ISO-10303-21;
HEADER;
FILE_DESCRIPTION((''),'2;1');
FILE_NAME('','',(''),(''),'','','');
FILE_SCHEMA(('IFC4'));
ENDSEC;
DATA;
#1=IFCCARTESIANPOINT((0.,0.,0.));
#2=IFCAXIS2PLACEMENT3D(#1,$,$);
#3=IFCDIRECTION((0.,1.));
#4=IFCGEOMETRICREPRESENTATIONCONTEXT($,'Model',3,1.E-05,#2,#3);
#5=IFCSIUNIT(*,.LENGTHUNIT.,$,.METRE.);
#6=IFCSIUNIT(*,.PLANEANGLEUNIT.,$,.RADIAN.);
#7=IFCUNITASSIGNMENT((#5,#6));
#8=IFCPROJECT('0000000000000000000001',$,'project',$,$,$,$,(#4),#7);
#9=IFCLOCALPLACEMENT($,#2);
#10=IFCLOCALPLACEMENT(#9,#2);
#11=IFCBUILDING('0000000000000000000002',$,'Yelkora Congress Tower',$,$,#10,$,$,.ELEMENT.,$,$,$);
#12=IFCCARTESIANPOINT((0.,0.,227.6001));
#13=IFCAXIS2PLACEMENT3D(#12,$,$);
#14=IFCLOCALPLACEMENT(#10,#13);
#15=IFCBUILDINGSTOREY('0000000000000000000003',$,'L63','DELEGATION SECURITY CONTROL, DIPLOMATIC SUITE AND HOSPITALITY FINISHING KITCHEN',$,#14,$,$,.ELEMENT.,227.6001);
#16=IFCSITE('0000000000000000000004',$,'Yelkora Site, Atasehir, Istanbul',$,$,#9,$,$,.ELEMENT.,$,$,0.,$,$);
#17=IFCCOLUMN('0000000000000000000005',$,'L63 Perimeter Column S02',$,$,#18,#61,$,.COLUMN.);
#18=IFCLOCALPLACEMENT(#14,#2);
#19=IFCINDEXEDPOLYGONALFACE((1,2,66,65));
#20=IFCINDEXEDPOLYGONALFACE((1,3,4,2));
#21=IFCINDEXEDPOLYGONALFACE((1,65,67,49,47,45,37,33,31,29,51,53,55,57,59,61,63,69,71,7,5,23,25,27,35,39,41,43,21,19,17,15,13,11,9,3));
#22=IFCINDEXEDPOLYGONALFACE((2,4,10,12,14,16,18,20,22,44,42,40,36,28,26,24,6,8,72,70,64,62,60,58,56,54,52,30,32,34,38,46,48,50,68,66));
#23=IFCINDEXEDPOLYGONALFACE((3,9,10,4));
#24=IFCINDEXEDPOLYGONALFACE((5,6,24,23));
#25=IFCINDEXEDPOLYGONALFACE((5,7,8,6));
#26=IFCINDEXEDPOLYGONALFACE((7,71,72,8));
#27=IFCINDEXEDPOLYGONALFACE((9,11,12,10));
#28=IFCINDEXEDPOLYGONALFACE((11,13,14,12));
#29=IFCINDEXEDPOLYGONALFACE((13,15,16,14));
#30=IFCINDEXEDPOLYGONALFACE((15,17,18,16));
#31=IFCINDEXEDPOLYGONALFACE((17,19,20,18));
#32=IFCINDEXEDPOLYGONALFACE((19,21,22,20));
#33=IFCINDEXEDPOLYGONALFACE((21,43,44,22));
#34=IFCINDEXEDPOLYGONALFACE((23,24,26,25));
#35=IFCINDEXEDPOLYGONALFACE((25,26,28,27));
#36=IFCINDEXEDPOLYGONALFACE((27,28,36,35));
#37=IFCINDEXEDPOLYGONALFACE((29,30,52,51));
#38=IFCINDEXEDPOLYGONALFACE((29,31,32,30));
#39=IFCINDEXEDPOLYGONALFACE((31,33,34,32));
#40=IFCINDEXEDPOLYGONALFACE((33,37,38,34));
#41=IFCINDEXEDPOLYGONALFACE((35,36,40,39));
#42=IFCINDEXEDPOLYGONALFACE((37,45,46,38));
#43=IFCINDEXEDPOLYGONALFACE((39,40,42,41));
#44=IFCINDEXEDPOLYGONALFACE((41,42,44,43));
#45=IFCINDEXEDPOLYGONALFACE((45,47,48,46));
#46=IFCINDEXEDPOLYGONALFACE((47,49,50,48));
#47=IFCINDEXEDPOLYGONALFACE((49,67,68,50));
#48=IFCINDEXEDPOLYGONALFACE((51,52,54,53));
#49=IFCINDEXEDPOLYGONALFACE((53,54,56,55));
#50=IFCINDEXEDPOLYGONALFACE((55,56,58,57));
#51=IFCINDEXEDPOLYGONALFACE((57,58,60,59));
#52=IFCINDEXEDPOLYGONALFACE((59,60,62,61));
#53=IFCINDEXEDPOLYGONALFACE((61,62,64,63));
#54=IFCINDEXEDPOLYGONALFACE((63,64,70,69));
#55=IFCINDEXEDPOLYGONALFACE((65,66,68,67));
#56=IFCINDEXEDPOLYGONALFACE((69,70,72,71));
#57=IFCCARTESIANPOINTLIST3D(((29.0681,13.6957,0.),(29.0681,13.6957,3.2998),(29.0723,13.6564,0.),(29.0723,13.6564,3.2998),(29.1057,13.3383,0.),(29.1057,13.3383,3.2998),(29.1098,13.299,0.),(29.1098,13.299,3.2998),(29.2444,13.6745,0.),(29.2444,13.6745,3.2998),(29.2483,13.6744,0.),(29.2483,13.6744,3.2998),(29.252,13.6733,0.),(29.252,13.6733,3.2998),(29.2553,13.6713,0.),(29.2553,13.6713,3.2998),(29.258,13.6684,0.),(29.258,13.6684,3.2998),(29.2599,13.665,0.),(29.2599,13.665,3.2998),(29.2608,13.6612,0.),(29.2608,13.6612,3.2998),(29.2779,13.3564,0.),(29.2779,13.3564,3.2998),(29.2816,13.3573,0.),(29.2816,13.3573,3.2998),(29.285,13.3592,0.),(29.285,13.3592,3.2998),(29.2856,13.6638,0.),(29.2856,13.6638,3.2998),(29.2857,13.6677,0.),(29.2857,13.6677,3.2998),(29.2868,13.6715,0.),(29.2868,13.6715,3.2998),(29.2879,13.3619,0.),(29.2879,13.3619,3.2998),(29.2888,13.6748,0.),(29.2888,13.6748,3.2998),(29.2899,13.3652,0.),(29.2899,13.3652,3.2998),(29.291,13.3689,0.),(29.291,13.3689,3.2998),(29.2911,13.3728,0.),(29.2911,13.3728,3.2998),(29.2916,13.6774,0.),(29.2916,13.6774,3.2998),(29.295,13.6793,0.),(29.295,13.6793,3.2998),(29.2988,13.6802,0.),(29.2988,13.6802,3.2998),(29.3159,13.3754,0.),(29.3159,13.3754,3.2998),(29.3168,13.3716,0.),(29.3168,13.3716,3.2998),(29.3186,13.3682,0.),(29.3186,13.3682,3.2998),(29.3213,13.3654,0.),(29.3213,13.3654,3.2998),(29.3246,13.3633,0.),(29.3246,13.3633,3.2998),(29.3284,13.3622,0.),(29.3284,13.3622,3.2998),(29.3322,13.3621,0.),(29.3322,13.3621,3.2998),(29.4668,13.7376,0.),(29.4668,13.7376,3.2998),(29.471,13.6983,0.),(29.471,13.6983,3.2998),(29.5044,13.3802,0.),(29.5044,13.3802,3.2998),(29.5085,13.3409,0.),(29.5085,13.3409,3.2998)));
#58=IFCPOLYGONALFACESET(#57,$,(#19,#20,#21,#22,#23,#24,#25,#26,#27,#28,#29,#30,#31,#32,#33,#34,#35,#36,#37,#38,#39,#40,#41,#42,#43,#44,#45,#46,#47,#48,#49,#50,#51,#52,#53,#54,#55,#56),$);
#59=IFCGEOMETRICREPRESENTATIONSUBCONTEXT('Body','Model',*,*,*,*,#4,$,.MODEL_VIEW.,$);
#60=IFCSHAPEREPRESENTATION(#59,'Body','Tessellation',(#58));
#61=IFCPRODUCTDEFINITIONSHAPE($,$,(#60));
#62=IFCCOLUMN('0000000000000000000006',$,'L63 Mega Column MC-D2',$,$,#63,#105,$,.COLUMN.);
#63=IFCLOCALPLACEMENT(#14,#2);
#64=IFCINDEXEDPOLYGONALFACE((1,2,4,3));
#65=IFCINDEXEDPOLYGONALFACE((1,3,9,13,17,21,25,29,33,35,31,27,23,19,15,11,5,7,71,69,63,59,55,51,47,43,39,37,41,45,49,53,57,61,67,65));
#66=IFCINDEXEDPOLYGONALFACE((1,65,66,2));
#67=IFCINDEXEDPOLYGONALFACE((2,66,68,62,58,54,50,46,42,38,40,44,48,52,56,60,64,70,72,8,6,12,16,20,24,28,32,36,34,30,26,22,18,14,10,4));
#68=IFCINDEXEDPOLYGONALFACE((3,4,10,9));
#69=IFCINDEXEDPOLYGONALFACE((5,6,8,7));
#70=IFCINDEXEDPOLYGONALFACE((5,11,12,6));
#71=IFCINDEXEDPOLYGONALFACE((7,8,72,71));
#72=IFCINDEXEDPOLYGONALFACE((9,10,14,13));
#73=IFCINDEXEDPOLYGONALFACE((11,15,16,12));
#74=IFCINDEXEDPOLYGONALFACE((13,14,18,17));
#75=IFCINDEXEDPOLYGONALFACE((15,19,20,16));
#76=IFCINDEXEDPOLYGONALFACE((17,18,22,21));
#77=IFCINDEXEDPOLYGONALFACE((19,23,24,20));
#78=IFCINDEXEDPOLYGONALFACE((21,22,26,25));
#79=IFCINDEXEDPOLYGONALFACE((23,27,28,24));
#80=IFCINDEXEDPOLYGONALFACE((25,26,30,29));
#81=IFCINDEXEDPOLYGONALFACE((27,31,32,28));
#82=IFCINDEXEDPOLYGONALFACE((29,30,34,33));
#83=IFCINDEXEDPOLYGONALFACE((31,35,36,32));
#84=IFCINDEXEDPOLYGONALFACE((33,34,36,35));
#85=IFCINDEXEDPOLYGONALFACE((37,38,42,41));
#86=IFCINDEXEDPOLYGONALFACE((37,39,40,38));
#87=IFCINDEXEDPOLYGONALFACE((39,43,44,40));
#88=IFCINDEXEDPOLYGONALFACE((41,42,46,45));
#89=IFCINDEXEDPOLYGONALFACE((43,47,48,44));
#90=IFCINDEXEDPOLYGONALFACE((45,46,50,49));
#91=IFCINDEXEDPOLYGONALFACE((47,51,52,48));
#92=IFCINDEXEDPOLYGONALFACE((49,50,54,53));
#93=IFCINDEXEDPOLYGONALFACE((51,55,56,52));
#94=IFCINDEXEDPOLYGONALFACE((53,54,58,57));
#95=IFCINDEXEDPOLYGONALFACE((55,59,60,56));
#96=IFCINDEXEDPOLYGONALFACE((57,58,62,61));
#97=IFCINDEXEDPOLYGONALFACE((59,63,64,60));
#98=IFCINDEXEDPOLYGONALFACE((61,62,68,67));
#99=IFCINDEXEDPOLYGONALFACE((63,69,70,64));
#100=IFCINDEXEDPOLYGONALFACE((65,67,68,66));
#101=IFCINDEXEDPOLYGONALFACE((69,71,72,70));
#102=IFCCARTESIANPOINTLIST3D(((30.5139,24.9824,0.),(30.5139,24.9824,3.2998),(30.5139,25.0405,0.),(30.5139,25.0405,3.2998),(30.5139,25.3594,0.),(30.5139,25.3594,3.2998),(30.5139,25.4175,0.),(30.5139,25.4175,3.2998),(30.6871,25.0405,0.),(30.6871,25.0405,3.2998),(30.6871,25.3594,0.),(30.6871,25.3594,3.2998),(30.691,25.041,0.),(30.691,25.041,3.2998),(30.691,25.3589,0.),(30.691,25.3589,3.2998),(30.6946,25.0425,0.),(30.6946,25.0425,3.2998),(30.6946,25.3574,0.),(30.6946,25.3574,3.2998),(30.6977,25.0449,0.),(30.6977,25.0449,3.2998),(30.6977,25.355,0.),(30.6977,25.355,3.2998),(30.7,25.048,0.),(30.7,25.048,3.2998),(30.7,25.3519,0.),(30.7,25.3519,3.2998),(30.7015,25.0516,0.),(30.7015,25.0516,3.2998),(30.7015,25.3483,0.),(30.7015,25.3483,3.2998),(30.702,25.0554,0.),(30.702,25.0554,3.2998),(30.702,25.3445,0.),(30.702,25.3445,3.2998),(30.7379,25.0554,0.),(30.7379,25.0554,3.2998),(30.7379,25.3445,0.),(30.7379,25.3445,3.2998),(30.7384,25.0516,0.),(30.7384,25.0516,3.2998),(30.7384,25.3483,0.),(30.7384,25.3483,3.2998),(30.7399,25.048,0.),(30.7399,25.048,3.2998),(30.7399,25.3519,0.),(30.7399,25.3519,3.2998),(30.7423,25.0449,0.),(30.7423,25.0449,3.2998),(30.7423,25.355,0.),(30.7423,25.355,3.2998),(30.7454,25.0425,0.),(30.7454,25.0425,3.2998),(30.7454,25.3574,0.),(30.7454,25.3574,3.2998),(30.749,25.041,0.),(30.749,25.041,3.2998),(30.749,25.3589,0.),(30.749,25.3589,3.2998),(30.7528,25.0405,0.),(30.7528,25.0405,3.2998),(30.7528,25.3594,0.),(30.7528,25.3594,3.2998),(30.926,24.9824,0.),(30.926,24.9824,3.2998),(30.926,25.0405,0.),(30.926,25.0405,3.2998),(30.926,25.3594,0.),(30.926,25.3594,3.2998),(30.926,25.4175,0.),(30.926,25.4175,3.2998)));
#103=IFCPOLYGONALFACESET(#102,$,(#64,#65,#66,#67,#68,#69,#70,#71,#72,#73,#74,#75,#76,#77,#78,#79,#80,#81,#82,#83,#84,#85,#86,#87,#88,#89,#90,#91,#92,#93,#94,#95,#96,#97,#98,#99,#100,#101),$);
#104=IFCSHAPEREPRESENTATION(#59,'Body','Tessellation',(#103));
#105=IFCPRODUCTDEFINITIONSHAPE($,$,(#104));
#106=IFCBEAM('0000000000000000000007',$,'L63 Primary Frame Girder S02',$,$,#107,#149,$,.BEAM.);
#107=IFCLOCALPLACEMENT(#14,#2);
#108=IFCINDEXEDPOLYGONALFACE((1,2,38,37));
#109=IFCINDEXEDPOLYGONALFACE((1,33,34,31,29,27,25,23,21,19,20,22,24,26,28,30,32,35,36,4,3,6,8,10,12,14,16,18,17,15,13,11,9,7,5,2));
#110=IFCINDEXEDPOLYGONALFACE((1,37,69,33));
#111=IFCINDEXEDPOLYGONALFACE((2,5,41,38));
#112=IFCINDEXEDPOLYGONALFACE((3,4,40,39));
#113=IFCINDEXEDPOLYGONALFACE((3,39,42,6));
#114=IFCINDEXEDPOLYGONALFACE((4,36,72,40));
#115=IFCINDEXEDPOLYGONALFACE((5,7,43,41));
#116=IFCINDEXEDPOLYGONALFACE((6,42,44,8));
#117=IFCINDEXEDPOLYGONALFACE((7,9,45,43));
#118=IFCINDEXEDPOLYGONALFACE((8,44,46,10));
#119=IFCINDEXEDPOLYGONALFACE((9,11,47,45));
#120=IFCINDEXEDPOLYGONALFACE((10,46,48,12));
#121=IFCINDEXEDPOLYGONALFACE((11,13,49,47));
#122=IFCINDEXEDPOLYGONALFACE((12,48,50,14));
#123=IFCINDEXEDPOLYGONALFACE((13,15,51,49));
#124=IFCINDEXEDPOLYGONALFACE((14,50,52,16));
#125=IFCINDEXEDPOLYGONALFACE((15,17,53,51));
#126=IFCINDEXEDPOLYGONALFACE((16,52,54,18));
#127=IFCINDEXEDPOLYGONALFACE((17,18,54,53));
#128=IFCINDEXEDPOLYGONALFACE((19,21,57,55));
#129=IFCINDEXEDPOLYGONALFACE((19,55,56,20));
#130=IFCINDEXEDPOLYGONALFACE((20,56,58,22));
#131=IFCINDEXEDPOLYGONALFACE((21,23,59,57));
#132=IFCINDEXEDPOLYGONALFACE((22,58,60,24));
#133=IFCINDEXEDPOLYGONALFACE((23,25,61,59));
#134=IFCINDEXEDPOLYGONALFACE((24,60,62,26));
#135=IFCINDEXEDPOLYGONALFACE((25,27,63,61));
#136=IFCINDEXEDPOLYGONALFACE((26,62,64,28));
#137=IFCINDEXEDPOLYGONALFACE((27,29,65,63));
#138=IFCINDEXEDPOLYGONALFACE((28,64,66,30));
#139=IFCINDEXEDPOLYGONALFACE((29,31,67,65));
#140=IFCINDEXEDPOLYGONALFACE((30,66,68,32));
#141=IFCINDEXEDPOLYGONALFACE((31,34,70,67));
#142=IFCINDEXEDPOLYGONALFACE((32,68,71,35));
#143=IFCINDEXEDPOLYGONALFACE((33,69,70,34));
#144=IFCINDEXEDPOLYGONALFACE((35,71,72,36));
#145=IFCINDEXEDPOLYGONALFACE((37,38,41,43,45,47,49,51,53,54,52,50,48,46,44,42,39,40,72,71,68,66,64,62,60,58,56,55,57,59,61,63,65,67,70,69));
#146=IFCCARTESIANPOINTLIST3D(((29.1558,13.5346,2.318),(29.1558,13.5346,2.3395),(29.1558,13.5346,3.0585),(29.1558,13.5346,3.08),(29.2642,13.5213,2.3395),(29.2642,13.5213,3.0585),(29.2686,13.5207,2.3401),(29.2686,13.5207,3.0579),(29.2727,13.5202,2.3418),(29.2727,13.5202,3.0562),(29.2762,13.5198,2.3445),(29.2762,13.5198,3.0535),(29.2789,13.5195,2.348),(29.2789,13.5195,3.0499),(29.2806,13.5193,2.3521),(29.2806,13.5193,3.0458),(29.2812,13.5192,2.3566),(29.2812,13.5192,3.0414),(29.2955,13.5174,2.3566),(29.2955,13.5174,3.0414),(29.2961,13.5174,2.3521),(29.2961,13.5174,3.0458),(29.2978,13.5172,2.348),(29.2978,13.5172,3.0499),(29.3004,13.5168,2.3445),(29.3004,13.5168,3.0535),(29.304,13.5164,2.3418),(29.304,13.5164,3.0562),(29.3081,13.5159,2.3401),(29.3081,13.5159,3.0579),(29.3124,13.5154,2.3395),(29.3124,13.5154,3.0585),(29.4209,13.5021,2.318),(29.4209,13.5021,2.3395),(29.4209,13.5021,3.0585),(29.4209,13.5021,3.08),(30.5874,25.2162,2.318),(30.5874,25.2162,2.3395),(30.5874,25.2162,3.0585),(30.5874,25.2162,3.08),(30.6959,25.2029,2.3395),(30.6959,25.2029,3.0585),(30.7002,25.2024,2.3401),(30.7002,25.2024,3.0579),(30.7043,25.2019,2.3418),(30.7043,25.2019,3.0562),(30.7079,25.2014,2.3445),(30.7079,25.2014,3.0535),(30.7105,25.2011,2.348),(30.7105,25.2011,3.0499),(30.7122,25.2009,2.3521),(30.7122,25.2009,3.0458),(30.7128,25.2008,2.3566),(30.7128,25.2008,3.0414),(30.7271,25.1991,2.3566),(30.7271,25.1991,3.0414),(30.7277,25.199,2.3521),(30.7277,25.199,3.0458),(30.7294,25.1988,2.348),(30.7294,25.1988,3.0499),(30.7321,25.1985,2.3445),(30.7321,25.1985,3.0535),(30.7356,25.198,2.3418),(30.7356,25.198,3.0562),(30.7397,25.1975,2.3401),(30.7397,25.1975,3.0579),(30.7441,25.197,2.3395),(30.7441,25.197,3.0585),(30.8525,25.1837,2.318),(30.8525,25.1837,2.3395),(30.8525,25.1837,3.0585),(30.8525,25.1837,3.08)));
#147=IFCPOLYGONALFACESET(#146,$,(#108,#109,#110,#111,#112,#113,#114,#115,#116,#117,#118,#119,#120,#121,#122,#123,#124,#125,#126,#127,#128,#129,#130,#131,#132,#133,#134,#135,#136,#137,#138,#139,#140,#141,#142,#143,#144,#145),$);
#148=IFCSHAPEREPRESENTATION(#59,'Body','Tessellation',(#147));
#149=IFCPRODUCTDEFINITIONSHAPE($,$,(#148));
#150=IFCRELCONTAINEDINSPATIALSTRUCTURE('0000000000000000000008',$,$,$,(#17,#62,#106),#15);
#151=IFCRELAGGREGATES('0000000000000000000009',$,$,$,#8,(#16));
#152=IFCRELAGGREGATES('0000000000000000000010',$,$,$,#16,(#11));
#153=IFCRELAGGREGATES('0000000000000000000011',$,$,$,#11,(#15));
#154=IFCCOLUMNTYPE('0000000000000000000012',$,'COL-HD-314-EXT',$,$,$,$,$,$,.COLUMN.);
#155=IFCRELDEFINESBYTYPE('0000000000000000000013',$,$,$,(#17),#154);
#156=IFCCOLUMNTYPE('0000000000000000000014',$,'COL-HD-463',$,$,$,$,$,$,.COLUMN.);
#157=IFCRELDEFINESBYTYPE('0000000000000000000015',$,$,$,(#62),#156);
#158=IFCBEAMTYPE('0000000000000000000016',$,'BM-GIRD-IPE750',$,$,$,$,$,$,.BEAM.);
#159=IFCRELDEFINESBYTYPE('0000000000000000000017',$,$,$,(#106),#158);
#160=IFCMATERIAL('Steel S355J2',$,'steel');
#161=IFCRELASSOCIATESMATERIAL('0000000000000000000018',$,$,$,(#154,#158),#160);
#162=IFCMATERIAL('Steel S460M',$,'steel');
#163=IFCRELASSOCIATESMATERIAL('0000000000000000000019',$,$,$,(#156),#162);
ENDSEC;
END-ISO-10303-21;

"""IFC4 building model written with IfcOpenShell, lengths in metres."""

from ifc_helpers import new_model, si_unit, direction, frame, origin, origin_2d, place, context, subcontext, project, spatial, i_section, extrude, material, material_profile, profile_set, type_object, element, save


model = new_model("IFC4")

# Units and contexts
model_context = context("Model", 3, precision=1e-05, world=origin(), true_north=direction((0.0, 1.0)))
body_context = subcontext(model_context, "Body", "Model", "MODEL_VIEW")
ifc_project = project(units=[si_unit("LENGTHUNIT", "METRE"), si_unit("PLANEANGLEUNIT", "RADIAN")], contexts=[model_context])

# Site, building, storey
site_placement = place(None, origin())
site = spatial("IfcSite", under=ifc_project, at=site_placement, Name="Yelkora Site, Atasehir, Istanbul", CompositionType="ELEMENT", RefElevation=0.0)
building_placement = place(site_placement, origin())
building = spatial("IfcBuilding", under=site, at=building_placement, Name="Yelkora Congress Tower", CompositionType="ELEMENT")
storey_placement = place(building_placement, frame((0.0, 0.0, 227.6001)))
storey = spatial("IfcBuildingStorey", under=building, at=storey_placement, Name="L63", Description="DELEGATION SECURITY CONTROL, DIPLOMATIC SUITE AND HOSPITALITY FINISHING KITCHEN", CompositionType="ELEMENT", Elevation=227.6001)

# Columns
ifc_material_1 = material(Name="Steel S355J2", Category="steel")
ifc_material_profile_1 = material_profile(ifc_material_1, i_section(OverallWidth=0.4009, OverallDepth=0.3989, WebThickness=0.0249, FlangeThickness=0.0396, FilletRadius=0.0149, at=origin_2d()), Name="HD 400x314")
ifc_profile_set_1 = profile_set([ifc_material_profile_1], Name="Steel S355J2")
column_type_1 = type_object("IfcColumnType", Name="COL-HD-314-EXT", PredefinedType="COLUMN", material=ifc_profile_set_1)
column_1_placement = place(storey_placement, frame((29.2883, 13.5183, 0.0), z_axis=(0.0, 0.0, 1.0), x_axis=(0.994522, 0.104528, 0.0)))
element("IfcColumn", 1, at=column_1_placement, inside=storey, type_object=column_type_1, Name="L63 Perimeter Column S02", PredefinedType="COLUMN", context=body_context, shape_type="SweptSolid", body=[
    extrude(i_section(OverallWidth=0.4009, OverallDepth=0.3989, WebThickness=0.0249, FlangeThickness=0.0396, FilletRadius=0.0149, at=origin_2d()), origin(), (0.0, 0.0, 1.0), 3.2998),
])
ifc_material_2 = material(Name="Steel S460M", Category="steel")
ifc_material_profile_2 = material_profile(ifc_material_2, i_section(OverallWidth=0.4121, OverallDepth=0.4351, WebThickness=0.0359, FlangeThickness=0.0581, FilletRadius=0.0149, at=origin_2d()), Name="HD 400x463")
ifc_profile_set_2 = profile_set([ifc_material_profile_2], Name="Steel S460M")
column_type_2 = type_object("IfcColumnType", Name="COL-HD-463", PredefinedType="COLUMN", material=ifc_profile_set_2)
column_2_placement = place(storey_placement, frame((30.72, 25.2, 0.0), z_axis=(0.0, 0.0, 1.0), x_axis=(1.0, 0.0, 0.0)))
element("IfcColumn", 2, at=column_2_placement, inside=storey, type_object=column_type_2, Name="L63 Mega Column MC-D2", PredefinedType="COLUMN", context=body_context, shape_type="SweptSolid", body=[
    extrude(i_section(OverallWidth=0.4121, OverallDepth=0.4351, WebThickness=0.0359, FlangeThickness=0.0581, FilletRadius=0.0149, at=origin_2d()), origin(), (0.0, 0.0, 1.0), 3.2998),
])

# Beam
ifc_material_profile_3 = material_profile(ifc_material_1, i_section(OverallWidth=0.2671, OverallDepth=0.762, WebThickness=0.0144, FlangeThickness=0.0215, FilletRadius=0.0171, at=origin_2d()), Name="IPE 750x173")
ifc_profile_set_3 = profile_set([ifc_material_profile_3], Name="Steel S355J2")
beam_type_1 = type_object("IfcBeamType", Name="BM-GIRD-IPE750", PredefinedType="BEAM", material=ifc_profile_set_3)
beam_1_placement = place(storey_placement, frame((29.2883, 13.5183, 2.699), z_axis=(0.121645, 0.992574, 0.0), x_axis=(-0.992574, 0.121645, 0.0)))
element("IfcBeam", 3, at=beam_1_placement, inside=storey, type_object=beam_type_1, Name="L63 Primary Frame Girder S02", PredefinedType="BEAM", context=body_context, shape_type="SweptSolid", body=[
    extrude(i_section(OverallWidth=0.2671, OverallDepth=0.762, WebThickness=0.0144, FlangeThickness=0.0215, FilletRadius=0.0171, at=origin_2d()), origin(), (0.0, 0.0, 1.0), 11.769),
])

save(model, "model.ifc")
